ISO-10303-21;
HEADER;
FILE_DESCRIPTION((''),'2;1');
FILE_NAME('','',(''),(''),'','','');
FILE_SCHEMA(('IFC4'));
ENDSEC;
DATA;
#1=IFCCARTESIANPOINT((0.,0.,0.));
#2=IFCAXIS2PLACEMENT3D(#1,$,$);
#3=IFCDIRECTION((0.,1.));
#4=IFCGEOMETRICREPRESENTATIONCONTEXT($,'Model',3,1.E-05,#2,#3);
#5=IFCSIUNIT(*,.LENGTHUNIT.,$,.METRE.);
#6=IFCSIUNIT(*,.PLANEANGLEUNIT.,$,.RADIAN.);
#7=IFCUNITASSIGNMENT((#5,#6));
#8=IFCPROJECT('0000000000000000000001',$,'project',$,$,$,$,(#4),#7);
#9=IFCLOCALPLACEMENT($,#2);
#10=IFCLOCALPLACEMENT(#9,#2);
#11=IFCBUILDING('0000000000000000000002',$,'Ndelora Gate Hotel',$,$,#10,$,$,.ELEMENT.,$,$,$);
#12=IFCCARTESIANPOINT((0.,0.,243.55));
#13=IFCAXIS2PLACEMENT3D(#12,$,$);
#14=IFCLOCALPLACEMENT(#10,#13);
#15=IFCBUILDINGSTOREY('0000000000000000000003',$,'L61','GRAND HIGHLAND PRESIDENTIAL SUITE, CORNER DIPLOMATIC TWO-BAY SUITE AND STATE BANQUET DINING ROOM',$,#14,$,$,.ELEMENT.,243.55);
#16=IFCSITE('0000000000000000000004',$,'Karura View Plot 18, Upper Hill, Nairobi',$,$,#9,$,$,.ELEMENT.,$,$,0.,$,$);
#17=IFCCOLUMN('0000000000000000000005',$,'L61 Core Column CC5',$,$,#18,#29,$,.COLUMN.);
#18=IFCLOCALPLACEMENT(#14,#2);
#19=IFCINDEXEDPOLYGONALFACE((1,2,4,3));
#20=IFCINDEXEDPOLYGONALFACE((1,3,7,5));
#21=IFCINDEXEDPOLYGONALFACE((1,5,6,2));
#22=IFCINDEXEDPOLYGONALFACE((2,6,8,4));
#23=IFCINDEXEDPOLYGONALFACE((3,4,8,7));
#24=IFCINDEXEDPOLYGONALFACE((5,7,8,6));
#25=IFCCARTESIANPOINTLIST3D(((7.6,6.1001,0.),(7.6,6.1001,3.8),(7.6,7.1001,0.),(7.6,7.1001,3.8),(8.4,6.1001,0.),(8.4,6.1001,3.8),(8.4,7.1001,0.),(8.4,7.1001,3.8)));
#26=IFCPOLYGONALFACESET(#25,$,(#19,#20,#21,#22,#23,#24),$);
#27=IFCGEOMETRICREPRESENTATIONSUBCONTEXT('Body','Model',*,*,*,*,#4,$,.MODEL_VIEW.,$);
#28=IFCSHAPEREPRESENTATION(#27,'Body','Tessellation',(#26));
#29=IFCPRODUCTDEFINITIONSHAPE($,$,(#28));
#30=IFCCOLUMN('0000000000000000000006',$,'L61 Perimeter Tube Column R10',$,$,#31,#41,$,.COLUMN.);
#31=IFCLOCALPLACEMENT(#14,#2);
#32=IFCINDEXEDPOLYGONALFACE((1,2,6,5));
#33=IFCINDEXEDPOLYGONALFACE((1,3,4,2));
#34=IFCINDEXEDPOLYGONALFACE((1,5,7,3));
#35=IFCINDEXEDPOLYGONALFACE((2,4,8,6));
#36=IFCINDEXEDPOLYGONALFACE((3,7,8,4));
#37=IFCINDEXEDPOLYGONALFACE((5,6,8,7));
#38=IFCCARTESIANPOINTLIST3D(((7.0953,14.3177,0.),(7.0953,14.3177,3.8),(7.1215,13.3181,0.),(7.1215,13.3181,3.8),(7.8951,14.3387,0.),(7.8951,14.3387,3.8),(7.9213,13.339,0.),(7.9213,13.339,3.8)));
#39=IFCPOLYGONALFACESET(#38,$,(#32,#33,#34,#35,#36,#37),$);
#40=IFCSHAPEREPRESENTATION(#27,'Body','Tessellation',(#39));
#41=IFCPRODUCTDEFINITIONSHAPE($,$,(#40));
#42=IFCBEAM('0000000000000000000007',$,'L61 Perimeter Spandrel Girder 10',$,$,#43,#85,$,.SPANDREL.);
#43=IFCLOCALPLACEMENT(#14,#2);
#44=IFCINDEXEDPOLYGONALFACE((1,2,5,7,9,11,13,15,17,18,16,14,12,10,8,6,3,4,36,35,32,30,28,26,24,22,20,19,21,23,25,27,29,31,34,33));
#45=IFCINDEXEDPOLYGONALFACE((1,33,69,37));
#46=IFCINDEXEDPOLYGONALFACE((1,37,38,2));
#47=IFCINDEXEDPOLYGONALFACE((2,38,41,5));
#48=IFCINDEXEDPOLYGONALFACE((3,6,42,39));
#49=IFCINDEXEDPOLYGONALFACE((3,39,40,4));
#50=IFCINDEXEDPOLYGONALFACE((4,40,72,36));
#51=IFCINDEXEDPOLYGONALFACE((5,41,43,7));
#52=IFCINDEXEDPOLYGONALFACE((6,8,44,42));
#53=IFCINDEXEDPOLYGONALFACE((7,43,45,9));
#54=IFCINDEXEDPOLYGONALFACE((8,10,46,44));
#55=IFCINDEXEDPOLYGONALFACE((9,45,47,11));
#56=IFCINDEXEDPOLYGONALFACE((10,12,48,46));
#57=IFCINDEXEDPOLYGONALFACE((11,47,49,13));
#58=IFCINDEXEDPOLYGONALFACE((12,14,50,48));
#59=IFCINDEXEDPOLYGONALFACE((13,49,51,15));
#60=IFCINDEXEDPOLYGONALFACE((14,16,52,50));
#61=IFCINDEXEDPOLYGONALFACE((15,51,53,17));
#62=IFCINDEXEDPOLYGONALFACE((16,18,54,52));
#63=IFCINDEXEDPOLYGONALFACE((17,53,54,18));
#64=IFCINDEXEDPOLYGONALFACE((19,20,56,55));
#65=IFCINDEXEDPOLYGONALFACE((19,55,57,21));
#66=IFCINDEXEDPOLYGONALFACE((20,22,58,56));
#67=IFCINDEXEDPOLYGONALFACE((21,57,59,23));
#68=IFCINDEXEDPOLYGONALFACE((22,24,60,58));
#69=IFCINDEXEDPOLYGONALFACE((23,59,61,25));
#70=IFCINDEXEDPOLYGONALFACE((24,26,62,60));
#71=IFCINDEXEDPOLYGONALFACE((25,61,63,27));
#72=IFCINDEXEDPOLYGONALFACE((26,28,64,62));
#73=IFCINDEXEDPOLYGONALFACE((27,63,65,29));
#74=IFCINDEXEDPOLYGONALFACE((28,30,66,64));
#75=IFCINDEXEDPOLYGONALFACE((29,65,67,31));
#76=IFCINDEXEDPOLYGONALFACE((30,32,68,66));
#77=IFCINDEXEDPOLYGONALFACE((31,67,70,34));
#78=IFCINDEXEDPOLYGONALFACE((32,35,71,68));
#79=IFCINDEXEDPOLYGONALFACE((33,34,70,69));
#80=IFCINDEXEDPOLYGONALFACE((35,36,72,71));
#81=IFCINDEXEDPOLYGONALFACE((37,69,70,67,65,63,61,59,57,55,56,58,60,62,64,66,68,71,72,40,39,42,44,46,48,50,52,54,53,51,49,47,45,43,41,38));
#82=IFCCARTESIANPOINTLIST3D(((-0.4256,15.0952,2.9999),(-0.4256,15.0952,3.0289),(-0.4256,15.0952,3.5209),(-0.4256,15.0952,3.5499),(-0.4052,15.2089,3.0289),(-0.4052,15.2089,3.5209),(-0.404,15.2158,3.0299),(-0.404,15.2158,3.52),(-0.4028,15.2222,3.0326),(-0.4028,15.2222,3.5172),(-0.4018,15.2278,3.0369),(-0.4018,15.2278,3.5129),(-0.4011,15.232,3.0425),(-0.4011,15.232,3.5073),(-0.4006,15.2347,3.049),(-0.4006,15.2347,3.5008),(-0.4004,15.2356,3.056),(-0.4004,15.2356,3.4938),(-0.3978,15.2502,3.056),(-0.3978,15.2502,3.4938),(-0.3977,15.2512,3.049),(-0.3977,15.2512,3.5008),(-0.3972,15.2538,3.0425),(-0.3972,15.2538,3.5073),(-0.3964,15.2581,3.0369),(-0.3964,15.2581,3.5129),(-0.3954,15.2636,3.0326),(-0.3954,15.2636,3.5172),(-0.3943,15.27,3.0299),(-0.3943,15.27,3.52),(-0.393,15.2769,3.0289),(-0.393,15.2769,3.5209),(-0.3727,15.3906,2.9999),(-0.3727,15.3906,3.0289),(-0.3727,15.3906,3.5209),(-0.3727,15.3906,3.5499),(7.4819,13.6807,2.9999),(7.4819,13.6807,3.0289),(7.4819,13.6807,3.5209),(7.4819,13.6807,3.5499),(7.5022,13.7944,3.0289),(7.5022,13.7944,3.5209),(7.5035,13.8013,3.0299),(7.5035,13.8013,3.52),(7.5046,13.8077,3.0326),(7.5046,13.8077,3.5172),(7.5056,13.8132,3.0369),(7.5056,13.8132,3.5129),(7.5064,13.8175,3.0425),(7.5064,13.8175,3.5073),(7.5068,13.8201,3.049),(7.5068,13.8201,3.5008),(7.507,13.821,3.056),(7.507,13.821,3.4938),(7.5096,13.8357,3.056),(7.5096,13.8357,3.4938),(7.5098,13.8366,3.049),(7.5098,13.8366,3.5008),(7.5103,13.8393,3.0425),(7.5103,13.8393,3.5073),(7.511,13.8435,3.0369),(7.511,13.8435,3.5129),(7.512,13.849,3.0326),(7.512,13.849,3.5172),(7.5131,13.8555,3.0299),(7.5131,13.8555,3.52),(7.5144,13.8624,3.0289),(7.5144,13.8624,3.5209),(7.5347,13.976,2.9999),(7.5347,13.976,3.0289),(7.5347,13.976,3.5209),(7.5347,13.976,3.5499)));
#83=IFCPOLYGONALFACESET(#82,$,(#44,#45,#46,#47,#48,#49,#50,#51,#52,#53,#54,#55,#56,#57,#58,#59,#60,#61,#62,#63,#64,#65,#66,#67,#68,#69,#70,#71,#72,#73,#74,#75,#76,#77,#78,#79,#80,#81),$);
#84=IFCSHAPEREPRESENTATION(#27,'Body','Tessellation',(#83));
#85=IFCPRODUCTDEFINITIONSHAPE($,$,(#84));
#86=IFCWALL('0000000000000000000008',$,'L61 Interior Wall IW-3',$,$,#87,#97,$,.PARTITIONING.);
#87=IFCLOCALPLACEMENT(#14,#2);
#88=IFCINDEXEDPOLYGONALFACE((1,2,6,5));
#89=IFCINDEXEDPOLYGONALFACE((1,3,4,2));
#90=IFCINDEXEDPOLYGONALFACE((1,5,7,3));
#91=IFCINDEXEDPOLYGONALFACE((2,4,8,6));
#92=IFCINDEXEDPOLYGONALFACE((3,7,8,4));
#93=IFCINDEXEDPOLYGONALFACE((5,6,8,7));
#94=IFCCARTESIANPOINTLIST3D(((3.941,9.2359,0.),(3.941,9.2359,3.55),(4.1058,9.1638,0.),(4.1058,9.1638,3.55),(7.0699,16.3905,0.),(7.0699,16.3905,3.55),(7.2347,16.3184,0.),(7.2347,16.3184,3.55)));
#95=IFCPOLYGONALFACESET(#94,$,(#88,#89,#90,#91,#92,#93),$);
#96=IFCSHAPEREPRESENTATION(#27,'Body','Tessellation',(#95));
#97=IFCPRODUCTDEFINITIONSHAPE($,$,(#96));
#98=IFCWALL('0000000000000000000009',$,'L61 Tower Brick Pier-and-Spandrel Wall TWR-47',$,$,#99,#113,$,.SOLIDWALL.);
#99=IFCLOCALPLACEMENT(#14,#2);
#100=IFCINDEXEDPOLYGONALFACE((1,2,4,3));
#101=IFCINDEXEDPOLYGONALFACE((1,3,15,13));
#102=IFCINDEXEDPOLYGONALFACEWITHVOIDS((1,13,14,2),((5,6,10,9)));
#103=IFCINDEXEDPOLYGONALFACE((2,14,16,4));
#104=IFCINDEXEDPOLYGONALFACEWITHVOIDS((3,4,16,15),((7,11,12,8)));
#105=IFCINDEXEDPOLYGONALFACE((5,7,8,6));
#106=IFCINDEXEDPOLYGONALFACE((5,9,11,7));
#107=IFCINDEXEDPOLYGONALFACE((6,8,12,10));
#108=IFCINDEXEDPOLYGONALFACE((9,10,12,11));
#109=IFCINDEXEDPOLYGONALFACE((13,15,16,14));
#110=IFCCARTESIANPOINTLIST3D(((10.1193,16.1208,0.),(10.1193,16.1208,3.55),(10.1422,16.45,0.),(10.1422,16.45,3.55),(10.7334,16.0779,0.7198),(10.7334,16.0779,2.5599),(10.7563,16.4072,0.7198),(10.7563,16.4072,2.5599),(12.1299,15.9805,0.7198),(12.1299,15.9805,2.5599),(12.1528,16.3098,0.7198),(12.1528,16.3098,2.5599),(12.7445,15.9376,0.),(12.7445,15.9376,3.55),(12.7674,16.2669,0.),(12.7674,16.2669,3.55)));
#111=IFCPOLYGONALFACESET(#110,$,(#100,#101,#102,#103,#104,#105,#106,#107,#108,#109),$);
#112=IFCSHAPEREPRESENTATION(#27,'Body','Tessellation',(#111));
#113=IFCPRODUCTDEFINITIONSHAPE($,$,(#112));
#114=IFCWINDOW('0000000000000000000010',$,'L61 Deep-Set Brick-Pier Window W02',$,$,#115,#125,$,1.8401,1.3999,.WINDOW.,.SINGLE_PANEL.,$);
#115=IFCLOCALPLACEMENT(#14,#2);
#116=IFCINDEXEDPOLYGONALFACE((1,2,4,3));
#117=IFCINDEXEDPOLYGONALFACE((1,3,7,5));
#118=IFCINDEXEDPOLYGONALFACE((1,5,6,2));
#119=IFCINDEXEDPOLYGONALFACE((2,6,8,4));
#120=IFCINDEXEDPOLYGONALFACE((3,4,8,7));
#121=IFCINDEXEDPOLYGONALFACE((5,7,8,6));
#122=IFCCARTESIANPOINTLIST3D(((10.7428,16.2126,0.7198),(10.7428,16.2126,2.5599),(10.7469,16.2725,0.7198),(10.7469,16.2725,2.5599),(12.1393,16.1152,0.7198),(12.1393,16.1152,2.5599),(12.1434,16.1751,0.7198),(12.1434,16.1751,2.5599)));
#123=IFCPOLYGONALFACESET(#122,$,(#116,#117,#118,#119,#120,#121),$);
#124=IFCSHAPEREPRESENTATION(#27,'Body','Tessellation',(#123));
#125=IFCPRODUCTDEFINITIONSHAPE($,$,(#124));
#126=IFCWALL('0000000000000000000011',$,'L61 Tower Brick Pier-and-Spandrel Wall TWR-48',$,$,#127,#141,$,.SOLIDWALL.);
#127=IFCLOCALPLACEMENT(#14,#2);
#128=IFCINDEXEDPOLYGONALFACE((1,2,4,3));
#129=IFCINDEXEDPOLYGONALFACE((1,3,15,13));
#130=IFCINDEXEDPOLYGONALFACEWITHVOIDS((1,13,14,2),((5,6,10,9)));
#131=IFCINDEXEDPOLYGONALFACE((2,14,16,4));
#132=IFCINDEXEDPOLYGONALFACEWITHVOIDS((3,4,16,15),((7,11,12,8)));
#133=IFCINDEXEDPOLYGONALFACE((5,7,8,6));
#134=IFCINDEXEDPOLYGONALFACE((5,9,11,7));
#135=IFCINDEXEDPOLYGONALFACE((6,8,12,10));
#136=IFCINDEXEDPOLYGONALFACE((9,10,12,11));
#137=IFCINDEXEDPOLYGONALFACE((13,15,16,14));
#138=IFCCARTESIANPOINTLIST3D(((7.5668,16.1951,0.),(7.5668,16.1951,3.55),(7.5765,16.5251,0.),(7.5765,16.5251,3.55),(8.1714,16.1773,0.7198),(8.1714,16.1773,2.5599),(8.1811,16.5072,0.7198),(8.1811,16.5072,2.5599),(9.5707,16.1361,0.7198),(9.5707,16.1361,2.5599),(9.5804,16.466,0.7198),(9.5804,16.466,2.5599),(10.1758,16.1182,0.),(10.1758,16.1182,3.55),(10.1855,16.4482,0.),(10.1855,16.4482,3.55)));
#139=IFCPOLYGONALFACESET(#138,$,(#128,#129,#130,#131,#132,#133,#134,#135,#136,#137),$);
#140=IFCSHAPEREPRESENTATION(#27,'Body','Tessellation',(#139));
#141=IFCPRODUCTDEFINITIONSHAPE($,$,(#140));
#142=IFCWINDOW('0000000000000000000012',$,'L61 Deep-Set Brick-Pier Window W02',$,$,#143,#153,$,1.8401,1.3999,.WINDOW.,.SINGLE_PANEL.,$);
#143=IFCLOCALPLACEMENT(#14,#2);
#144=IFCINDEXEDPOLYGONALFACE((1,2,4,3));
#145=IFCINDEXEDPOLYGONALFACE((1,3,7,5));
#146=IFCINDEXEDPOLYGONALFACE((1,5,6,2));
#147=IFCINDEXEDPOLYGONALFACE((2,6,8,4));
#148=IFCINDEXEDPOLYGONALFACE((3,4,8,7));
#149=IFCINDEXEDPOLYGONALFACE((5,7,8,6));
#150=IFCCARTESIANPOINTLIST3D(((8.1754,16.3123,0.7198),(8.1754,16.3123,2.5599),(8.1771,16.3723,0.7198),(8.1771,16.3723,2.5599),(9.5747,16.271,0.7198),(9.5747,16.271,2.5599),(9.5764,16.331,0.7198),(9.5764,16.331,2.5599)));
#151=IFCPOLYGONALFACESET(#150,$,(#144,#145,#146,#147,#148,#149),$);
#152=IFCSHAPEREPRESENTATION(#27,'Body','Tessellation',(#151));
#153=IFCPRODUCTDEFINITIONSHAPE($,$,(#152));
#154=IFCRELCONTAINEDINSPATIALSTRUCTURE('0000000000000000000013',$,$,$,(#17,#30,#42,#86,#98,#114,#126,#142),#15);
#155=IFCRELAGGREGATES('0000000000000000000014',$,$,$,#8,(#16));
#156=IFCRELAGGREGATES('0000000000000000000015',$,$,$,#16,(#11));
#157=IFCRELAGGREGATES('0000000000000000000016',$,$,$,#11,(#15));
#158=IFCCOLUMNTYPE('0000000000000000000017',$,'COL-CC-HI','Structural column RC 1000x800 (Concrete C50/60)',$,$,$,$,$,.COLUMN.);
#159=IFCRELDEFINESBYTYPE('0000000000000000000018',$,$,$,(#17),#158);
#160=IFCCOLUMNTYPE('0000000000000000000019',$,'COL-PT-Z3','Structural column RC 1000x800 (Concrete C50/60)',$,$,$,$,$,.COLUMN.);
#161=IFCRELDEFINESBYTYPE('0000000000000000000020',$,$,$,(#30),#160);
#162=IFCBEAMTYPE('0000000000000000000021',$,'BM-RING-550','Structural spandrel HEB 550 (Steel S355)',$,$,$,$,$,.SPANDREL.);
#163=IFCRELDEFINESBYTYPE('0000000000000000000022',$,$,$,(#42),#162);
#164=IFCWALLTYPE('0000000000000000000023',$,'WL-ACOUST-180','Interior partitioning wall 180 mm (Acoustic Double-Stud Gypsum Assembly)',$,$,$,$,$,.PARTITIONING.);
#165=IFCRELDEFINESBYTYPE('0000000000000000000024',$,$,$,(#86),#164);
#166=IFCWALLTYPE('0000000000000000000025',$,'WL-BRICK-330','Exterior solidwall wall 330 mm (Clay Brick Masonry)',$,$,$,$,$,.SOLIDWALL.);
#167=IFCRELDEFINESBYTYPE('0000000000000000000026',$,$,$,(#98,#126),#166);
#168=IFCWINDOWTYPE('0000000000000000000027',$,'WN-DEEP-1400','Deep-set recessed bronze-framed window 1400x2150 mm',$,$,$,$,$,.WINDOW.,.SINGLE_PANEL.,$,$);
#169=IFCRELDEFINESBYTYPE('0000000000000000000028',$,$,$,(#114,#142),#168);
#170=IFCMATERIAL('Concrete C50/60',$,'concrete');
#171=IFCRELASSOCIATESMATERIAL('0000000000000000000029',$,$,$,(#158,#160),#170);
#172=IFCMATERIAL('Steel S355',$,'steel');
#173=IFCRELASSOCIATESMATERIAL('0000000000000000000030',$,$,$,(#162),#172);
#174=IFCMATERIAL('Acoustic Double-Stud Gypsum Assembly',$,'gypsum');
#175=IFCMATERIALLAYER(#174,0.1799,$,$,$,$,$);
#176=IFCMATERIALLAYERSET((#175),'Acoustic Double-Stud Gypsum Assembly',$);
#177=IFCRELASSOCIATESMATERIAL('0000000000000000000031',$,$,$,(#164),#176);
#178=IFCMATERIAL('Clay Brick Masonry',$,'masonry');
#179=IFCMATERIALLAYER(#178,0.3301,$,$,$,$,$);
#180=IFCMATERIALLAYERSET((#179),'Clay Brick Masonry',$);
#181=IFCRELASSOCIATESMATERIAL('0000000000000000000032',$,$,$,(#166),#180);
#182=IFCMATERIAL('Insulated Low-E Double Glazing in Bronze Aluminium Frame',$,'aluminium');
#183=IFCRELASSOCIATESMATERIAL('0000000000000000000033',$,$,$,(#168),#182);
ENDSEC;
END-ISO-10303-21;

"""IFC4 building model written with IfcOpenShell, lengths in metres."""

from ifc_helpers import new_model, si_unit, direction, frame, frame_2d, origin, origin_2d, place, context, subcontext, project, spatial, rectangle, i_section, extrude, material, layer, layer_set, material_profile, profile_set, type_object, element, fill, save


model = new_model("IFC4")

# Units and contexts
model_context = context("Model", 3, precision=1e-05, world=origin(), true_north=direction((0.0, 1.0)))
body_context = subcontext(model_context, "Body", "Model", "MODEL_VIEW")
ifc_project = project(units=[si_unit("LENGTHUNIT", "METRE"), si_unit("PLANEANGLEUNIT", "RADIAN")], contexts=[model_context])

# Site, building, storey
site_placement = place(None, origin())
site = spatial("IfcSite", under=ifc_project, at=site_placement, Name="Karura View Plot 18, Upper Hill, Nairobi", CompositionType="ELEMENT", RefElevation=0.0)
building_placement = place(site_placement, origin())
building = spatial("IfcBuilding", under=site, at=building_placement, Name="Ndelora Gate Hotel", CompositionType="ELEMENT")
storey_placement = place(building_placement, frame((0.0, 0.0, 243.55)))
storey = spatial("IfcBuildingStorey", under=building, at=storey_placement, Name="L61", Description="GRAND HIGHLAND PRESIDENTIAL SUITE, CORNER DIPLOMATIC TWO-BAY SUITE AND STATE BANQUET DINING ROOM", CompositionType="ELEMENT", Elevation=243.55)

# Columns
ifc_material_1 = material(Name="Concrete C50/60", Category="concrete")
ifc_material_profile_1 = material_profile(ifc_material_1, rectangle(XDim=0.8, YDim=1.0, at=origin_2d()), Name="RC 1000x800")
ifc_profile_set_1 = profile_set([ifc_material_profile_1], Name="Concrete C50/60")
column_type_1 = type_object("IfcColumnType", Name="COL-CC-HI", Description="Structural column RC 1000x800 (Concrete C50/60)", PredefinedType="COLUMN", material=ifc_profile_set_1)
column_1_placement = place(storey_placement, frame((8.0, 6.6001, 0.0), z_axis=(0.0, 0.0, 1.0), x_axis=(1.0, 0.0, 0.0)))
element("IfcColumn", 1, at=column_1_placement, inside=storey, type_object=column_type_1, Name="L61 Core Column CC5", PredefinedType="COLUMN", context=body_context, shape_type="SweptSolid", body=[
    extrude(rectangle(XDim=0.8, YDim=1.0, at=origin_2d()), origin(), (0.0, 0.0, 1.0), 3.8),
])
ifc_material_profile_2 = material_profile(ifc_material_1, rectangle(XDim=0.8, YDim=1.0, at=origin_2d()), Name="RC 1000x800")
ifc_profile_set_2 = profile_set([ifc_material_profile_2], Name="Concrete C50/60")
column_type_2 = type_object("IfcColumnType", Name="COL-PT-Z3", Description="Structural column RC 1000x800 (Concrete C50/60)", PredefinedType="COLUMN", material=ifc_profile_set_2)
column_2_placement = place(storey_placement, frame((7.5083, 13.8284, 0.0), z_axis=(0.0, 0.0, 1.0), x_axis=(0.999657, 0.026177, 0.0)))
element("IfcColumn", 2, at=column_2_placement, inside=storey, type_object=column_type_2, Name="L61 Perimeter Tube Column R10", PredefinedType="COLUMN", context=body_context, shape_type="SweptSolid", body=[
    extrude(rectangle(XDim=0.8, YDim=1.0, at=origin_2d()), origin(), (0.0, 0.0, 1.0), 3.8),
])

# Beam
ifc_material_2 = material(Name="Steel S355", Category="steel")
ifc_material_profile_3 = material_profile(ifc_material_2, i_section(OverallWidth=0.3, OverallDepth=0.55, WebThickness=0.0149, FlangeThickness=0.0291, FilletRadius=0.0271, at=origin_2d()), Name="HEB 550")
ifc_profile_set_3 = profile_set([ifc_material_profile_3], Name="Steel S355")
beam_type = type_object("IfcBeamType", Name="BM-RING-550", Description="Structural spandrel HEB 550 (Steel S355)", PredefinedType="SPANDREL", material=ifc_profile_set_3)
beam_placement = place(storey_placement, frame((7.5083, 13.8284, 3.2749), z_axis=(-0.984374, 0.176093, 0.0), x_axis=(-0.176093, -0.984374, 0.0)))
element("IfcBeam", 3, at=beam_placement, inside=storey, type_object=beam_type, Name="L61 Perimeter Spandrel Girder 10", PredefinedType="SPANDREL", context=body_context, shape_type="SweptSolid", body=[
    extrude(i_section(OverallWidth=0.3, OverallDepth=0.55, WebThickness=0.0149, FlangeThickness=0.0291, FilletRadius=0.0271, at=origin_2d()), origin(), (0.0, 0.0, 1.0), 8.033),
])

# Wall
ifc_material_3 = material(Name="Acoustic Double-Stud Gypsum Assembly", Category="gypsum")
ifc_layer_1 = layer(ifc_material_3, 0.1799)
ifc_layer_set_1 = layer_set([ifc_layer_1], Name="Acoustic Double-Stud Gypsum Assembly")
wall_type_1 = type_object("IfcWallType", Name="WL-ACOUST-180", Description="Interior partitioning wall 180 mm (Acoustic Double-Stud Gypsum Assembly)", PredefinedType="PARTITIONING", material=ifc_layer_set_1)
wall_1_placement = place(storey_placement, frame((4.0234, 9.2, 0.0), z_axis=(0.0, 0.0, 1.0), x_axis=(0.400689, 0.916214, 0.0)))
element("IfcWall", 4, at=wall_1_placement, inside=storey, type_object=wall_type_1, Name="L61 Interior Wall IW-3", PredefinedType="PARTITIONING", context=body_context, shape_type="SweptSolid", body=[
    extrude(rectangle(XDim=7.8088, YDim=0.1799, at=frame_2d((3.9043, 0.0))), origin(), (0.0, 0.0, 1.0), 3.55),
])

# Walls, openings, windows
ifc_material_4 = material(Name="Clay Brick Masonry", Category="masonry")
ifc_layer_2 = layer(ifc_material_4, 0.3301)
ifc_layer_set_2 = layer_set([ifc_layer_2], Name="Clay Brick Masonry")
wall_type_2 = type_object("IfcWallType", Name="WL-BRICK-330", Description="Exterior solidwall wall 330 mm (Clay Brick Masonry)", PredefinedType="SOLIDWALL", material=ifc_layer_set_2)
wall_2_placement = place(storey_placement, frame((10.1306, 16.2854, 0.0), z_axis=(0.0, 0.0, 1.0), x_axis=(0.997576, -0.069579, 0.0)))
wall_2 = element("IfcWall", 5, at=wall_2_placement, inside=storey, type_object=wall_type_2, Name="L61 Tower Brick Pier-and-Spandrel Wall TWR-47", PredefinedType="SOLIDWALL", context=body_context, shape_type="SweptSolid", body=[
    extrude(rectangle(XDim=2.6316, YDim=0.3301, at=frame_2d((1.3159, 0.0))), origin(), (0.0, 0.0, 1.0), 3.55),
])
opening_1_placement = place(wall_2_placement, frame((0.6157, 0.0, 0.72)))
opening_1 = element("IfcOpeningElement", 6, at=opening_1_placement, cuts=wall_2, PredefinedType="OPENING", context=body_context, shape_type="SweptSolid", body=[
    extrude(rectangle(XDim=1.3999, YDim=1.8401, at=frame_2d((0.7, 0.9199))), frame((0.0, 0.175, 0.0), z_axis=(0.0, -1.0, 0.0), x_axis=(1.0, 0.0, 0.0)), (0.0, 0.0, 1.0), 0.3501),
])
ifc_material_5 = material(Name="Insulated Low-E Double Glazing in Bronze Aluminium Frame", Category="aluminium")
window_type = type_object("IfcWindowType", Name="WN-DEEP-1400", Description="Deep-set recessed bronze-framed window 1400x2150 mm", PartitioningType="SINGLE_PANEL", PredefinedType="WINDOW", material=ifc_material_5)
window_1_placement = place(opening_1_placement, origin())
window_1 = element("IfcWindow", 7, at=window_1_placement, inside=storey, type_object=window_type, Name="L61 Deep-Set Brick-Pier Window W02", OverallHeight=1.8401, OverallWidth=1.3999, PartitioningType="SINGLE_PANEL", PredefinedType="WINDOW", context=body_context, shape_type="SweptSolid", body=[
    extrude(rectangle(XDim=1.3999, YDim=1.8401, at=frame_2d((0.7, 0.9199))), frame((0.0, 0.03, 0.0), z_axis=(0.0, -1.0, 0.0), x_axis=(1.0, 0.0, 0.0)), (0.0, 0.0, 1.0), 0.0601),
])
fill(opening_1, window_1)
wall_3_placement = place(storey_placement, frame((7.5715, 16.3601, 0.0), z_axis=(0.0, 0.0, 1.0), x_axis=(0.999566, -0.029465, 0.0)))
wall_3 = element("IfcWall", 8, at=wall_3_placement, inside=storey, type_object=wall_type_2, Name="L61 Tower Brick Pier-and-Spandrel Wall TWR-48", PredefinedType="SOLIDWALL", context=body_context, shape_type="SweptSolid", body=[
    extrude(rectangle(XDim=2.6101, YDim=0.3301, at=frame_2d((1.3052, 0.0))), origin(), (0.0, 0.0, 1.0), 3.55),
])
opening_2_placement = place(wall_3_placement, frame((0.605, 0.0, 0.72)))
opening_2 = element("IfcOpeningElement", 9, at=opening_2_placement, cuts=wall_3, PredefinedType="OPENING", context=body_context, shape_type="SweptSolid", body=[
    extrude(rectangle(XDim=1.3999, YDim=1.8401, at=frame_2d((0.7, 0.9199))), frame((0.0, 0.175, 0.0), z_axis=(0.0, -1.0, 0.0), x_axis=(1.0, 0.0, 0.0)), (0.0, 0.0, 1.0), 0.3501),
])
window_2_placement = place(opening_2_placement, origin())
window_2 = element("IfcWindow", 10, at=window_2_placement, inside=storey, type_object=window_type, Name="L61 Deep-Set Brick-Pier Window W02", OverallHeight=1.8401, OverallWidth=1.3999, PartitioningType="SINGLE_PANEL", PredefinedType="WINDOW", context=body_context, shape_type="SweptSolid", body=[
    extrude(rectangle(XDim=1.3999, YDim=1.8401, at=frame_2d((0.7, 0.9199))), frame((0.0, 0.03, 0.0), z_axis=(0.0, -1.0, 0.0), x_axis=(1.0, 0.0, 0.0)), (0.0, 0.0, 1.0), 0.0601),
])
fill(opening_2, window_2)

save(model, "model.ifc")
